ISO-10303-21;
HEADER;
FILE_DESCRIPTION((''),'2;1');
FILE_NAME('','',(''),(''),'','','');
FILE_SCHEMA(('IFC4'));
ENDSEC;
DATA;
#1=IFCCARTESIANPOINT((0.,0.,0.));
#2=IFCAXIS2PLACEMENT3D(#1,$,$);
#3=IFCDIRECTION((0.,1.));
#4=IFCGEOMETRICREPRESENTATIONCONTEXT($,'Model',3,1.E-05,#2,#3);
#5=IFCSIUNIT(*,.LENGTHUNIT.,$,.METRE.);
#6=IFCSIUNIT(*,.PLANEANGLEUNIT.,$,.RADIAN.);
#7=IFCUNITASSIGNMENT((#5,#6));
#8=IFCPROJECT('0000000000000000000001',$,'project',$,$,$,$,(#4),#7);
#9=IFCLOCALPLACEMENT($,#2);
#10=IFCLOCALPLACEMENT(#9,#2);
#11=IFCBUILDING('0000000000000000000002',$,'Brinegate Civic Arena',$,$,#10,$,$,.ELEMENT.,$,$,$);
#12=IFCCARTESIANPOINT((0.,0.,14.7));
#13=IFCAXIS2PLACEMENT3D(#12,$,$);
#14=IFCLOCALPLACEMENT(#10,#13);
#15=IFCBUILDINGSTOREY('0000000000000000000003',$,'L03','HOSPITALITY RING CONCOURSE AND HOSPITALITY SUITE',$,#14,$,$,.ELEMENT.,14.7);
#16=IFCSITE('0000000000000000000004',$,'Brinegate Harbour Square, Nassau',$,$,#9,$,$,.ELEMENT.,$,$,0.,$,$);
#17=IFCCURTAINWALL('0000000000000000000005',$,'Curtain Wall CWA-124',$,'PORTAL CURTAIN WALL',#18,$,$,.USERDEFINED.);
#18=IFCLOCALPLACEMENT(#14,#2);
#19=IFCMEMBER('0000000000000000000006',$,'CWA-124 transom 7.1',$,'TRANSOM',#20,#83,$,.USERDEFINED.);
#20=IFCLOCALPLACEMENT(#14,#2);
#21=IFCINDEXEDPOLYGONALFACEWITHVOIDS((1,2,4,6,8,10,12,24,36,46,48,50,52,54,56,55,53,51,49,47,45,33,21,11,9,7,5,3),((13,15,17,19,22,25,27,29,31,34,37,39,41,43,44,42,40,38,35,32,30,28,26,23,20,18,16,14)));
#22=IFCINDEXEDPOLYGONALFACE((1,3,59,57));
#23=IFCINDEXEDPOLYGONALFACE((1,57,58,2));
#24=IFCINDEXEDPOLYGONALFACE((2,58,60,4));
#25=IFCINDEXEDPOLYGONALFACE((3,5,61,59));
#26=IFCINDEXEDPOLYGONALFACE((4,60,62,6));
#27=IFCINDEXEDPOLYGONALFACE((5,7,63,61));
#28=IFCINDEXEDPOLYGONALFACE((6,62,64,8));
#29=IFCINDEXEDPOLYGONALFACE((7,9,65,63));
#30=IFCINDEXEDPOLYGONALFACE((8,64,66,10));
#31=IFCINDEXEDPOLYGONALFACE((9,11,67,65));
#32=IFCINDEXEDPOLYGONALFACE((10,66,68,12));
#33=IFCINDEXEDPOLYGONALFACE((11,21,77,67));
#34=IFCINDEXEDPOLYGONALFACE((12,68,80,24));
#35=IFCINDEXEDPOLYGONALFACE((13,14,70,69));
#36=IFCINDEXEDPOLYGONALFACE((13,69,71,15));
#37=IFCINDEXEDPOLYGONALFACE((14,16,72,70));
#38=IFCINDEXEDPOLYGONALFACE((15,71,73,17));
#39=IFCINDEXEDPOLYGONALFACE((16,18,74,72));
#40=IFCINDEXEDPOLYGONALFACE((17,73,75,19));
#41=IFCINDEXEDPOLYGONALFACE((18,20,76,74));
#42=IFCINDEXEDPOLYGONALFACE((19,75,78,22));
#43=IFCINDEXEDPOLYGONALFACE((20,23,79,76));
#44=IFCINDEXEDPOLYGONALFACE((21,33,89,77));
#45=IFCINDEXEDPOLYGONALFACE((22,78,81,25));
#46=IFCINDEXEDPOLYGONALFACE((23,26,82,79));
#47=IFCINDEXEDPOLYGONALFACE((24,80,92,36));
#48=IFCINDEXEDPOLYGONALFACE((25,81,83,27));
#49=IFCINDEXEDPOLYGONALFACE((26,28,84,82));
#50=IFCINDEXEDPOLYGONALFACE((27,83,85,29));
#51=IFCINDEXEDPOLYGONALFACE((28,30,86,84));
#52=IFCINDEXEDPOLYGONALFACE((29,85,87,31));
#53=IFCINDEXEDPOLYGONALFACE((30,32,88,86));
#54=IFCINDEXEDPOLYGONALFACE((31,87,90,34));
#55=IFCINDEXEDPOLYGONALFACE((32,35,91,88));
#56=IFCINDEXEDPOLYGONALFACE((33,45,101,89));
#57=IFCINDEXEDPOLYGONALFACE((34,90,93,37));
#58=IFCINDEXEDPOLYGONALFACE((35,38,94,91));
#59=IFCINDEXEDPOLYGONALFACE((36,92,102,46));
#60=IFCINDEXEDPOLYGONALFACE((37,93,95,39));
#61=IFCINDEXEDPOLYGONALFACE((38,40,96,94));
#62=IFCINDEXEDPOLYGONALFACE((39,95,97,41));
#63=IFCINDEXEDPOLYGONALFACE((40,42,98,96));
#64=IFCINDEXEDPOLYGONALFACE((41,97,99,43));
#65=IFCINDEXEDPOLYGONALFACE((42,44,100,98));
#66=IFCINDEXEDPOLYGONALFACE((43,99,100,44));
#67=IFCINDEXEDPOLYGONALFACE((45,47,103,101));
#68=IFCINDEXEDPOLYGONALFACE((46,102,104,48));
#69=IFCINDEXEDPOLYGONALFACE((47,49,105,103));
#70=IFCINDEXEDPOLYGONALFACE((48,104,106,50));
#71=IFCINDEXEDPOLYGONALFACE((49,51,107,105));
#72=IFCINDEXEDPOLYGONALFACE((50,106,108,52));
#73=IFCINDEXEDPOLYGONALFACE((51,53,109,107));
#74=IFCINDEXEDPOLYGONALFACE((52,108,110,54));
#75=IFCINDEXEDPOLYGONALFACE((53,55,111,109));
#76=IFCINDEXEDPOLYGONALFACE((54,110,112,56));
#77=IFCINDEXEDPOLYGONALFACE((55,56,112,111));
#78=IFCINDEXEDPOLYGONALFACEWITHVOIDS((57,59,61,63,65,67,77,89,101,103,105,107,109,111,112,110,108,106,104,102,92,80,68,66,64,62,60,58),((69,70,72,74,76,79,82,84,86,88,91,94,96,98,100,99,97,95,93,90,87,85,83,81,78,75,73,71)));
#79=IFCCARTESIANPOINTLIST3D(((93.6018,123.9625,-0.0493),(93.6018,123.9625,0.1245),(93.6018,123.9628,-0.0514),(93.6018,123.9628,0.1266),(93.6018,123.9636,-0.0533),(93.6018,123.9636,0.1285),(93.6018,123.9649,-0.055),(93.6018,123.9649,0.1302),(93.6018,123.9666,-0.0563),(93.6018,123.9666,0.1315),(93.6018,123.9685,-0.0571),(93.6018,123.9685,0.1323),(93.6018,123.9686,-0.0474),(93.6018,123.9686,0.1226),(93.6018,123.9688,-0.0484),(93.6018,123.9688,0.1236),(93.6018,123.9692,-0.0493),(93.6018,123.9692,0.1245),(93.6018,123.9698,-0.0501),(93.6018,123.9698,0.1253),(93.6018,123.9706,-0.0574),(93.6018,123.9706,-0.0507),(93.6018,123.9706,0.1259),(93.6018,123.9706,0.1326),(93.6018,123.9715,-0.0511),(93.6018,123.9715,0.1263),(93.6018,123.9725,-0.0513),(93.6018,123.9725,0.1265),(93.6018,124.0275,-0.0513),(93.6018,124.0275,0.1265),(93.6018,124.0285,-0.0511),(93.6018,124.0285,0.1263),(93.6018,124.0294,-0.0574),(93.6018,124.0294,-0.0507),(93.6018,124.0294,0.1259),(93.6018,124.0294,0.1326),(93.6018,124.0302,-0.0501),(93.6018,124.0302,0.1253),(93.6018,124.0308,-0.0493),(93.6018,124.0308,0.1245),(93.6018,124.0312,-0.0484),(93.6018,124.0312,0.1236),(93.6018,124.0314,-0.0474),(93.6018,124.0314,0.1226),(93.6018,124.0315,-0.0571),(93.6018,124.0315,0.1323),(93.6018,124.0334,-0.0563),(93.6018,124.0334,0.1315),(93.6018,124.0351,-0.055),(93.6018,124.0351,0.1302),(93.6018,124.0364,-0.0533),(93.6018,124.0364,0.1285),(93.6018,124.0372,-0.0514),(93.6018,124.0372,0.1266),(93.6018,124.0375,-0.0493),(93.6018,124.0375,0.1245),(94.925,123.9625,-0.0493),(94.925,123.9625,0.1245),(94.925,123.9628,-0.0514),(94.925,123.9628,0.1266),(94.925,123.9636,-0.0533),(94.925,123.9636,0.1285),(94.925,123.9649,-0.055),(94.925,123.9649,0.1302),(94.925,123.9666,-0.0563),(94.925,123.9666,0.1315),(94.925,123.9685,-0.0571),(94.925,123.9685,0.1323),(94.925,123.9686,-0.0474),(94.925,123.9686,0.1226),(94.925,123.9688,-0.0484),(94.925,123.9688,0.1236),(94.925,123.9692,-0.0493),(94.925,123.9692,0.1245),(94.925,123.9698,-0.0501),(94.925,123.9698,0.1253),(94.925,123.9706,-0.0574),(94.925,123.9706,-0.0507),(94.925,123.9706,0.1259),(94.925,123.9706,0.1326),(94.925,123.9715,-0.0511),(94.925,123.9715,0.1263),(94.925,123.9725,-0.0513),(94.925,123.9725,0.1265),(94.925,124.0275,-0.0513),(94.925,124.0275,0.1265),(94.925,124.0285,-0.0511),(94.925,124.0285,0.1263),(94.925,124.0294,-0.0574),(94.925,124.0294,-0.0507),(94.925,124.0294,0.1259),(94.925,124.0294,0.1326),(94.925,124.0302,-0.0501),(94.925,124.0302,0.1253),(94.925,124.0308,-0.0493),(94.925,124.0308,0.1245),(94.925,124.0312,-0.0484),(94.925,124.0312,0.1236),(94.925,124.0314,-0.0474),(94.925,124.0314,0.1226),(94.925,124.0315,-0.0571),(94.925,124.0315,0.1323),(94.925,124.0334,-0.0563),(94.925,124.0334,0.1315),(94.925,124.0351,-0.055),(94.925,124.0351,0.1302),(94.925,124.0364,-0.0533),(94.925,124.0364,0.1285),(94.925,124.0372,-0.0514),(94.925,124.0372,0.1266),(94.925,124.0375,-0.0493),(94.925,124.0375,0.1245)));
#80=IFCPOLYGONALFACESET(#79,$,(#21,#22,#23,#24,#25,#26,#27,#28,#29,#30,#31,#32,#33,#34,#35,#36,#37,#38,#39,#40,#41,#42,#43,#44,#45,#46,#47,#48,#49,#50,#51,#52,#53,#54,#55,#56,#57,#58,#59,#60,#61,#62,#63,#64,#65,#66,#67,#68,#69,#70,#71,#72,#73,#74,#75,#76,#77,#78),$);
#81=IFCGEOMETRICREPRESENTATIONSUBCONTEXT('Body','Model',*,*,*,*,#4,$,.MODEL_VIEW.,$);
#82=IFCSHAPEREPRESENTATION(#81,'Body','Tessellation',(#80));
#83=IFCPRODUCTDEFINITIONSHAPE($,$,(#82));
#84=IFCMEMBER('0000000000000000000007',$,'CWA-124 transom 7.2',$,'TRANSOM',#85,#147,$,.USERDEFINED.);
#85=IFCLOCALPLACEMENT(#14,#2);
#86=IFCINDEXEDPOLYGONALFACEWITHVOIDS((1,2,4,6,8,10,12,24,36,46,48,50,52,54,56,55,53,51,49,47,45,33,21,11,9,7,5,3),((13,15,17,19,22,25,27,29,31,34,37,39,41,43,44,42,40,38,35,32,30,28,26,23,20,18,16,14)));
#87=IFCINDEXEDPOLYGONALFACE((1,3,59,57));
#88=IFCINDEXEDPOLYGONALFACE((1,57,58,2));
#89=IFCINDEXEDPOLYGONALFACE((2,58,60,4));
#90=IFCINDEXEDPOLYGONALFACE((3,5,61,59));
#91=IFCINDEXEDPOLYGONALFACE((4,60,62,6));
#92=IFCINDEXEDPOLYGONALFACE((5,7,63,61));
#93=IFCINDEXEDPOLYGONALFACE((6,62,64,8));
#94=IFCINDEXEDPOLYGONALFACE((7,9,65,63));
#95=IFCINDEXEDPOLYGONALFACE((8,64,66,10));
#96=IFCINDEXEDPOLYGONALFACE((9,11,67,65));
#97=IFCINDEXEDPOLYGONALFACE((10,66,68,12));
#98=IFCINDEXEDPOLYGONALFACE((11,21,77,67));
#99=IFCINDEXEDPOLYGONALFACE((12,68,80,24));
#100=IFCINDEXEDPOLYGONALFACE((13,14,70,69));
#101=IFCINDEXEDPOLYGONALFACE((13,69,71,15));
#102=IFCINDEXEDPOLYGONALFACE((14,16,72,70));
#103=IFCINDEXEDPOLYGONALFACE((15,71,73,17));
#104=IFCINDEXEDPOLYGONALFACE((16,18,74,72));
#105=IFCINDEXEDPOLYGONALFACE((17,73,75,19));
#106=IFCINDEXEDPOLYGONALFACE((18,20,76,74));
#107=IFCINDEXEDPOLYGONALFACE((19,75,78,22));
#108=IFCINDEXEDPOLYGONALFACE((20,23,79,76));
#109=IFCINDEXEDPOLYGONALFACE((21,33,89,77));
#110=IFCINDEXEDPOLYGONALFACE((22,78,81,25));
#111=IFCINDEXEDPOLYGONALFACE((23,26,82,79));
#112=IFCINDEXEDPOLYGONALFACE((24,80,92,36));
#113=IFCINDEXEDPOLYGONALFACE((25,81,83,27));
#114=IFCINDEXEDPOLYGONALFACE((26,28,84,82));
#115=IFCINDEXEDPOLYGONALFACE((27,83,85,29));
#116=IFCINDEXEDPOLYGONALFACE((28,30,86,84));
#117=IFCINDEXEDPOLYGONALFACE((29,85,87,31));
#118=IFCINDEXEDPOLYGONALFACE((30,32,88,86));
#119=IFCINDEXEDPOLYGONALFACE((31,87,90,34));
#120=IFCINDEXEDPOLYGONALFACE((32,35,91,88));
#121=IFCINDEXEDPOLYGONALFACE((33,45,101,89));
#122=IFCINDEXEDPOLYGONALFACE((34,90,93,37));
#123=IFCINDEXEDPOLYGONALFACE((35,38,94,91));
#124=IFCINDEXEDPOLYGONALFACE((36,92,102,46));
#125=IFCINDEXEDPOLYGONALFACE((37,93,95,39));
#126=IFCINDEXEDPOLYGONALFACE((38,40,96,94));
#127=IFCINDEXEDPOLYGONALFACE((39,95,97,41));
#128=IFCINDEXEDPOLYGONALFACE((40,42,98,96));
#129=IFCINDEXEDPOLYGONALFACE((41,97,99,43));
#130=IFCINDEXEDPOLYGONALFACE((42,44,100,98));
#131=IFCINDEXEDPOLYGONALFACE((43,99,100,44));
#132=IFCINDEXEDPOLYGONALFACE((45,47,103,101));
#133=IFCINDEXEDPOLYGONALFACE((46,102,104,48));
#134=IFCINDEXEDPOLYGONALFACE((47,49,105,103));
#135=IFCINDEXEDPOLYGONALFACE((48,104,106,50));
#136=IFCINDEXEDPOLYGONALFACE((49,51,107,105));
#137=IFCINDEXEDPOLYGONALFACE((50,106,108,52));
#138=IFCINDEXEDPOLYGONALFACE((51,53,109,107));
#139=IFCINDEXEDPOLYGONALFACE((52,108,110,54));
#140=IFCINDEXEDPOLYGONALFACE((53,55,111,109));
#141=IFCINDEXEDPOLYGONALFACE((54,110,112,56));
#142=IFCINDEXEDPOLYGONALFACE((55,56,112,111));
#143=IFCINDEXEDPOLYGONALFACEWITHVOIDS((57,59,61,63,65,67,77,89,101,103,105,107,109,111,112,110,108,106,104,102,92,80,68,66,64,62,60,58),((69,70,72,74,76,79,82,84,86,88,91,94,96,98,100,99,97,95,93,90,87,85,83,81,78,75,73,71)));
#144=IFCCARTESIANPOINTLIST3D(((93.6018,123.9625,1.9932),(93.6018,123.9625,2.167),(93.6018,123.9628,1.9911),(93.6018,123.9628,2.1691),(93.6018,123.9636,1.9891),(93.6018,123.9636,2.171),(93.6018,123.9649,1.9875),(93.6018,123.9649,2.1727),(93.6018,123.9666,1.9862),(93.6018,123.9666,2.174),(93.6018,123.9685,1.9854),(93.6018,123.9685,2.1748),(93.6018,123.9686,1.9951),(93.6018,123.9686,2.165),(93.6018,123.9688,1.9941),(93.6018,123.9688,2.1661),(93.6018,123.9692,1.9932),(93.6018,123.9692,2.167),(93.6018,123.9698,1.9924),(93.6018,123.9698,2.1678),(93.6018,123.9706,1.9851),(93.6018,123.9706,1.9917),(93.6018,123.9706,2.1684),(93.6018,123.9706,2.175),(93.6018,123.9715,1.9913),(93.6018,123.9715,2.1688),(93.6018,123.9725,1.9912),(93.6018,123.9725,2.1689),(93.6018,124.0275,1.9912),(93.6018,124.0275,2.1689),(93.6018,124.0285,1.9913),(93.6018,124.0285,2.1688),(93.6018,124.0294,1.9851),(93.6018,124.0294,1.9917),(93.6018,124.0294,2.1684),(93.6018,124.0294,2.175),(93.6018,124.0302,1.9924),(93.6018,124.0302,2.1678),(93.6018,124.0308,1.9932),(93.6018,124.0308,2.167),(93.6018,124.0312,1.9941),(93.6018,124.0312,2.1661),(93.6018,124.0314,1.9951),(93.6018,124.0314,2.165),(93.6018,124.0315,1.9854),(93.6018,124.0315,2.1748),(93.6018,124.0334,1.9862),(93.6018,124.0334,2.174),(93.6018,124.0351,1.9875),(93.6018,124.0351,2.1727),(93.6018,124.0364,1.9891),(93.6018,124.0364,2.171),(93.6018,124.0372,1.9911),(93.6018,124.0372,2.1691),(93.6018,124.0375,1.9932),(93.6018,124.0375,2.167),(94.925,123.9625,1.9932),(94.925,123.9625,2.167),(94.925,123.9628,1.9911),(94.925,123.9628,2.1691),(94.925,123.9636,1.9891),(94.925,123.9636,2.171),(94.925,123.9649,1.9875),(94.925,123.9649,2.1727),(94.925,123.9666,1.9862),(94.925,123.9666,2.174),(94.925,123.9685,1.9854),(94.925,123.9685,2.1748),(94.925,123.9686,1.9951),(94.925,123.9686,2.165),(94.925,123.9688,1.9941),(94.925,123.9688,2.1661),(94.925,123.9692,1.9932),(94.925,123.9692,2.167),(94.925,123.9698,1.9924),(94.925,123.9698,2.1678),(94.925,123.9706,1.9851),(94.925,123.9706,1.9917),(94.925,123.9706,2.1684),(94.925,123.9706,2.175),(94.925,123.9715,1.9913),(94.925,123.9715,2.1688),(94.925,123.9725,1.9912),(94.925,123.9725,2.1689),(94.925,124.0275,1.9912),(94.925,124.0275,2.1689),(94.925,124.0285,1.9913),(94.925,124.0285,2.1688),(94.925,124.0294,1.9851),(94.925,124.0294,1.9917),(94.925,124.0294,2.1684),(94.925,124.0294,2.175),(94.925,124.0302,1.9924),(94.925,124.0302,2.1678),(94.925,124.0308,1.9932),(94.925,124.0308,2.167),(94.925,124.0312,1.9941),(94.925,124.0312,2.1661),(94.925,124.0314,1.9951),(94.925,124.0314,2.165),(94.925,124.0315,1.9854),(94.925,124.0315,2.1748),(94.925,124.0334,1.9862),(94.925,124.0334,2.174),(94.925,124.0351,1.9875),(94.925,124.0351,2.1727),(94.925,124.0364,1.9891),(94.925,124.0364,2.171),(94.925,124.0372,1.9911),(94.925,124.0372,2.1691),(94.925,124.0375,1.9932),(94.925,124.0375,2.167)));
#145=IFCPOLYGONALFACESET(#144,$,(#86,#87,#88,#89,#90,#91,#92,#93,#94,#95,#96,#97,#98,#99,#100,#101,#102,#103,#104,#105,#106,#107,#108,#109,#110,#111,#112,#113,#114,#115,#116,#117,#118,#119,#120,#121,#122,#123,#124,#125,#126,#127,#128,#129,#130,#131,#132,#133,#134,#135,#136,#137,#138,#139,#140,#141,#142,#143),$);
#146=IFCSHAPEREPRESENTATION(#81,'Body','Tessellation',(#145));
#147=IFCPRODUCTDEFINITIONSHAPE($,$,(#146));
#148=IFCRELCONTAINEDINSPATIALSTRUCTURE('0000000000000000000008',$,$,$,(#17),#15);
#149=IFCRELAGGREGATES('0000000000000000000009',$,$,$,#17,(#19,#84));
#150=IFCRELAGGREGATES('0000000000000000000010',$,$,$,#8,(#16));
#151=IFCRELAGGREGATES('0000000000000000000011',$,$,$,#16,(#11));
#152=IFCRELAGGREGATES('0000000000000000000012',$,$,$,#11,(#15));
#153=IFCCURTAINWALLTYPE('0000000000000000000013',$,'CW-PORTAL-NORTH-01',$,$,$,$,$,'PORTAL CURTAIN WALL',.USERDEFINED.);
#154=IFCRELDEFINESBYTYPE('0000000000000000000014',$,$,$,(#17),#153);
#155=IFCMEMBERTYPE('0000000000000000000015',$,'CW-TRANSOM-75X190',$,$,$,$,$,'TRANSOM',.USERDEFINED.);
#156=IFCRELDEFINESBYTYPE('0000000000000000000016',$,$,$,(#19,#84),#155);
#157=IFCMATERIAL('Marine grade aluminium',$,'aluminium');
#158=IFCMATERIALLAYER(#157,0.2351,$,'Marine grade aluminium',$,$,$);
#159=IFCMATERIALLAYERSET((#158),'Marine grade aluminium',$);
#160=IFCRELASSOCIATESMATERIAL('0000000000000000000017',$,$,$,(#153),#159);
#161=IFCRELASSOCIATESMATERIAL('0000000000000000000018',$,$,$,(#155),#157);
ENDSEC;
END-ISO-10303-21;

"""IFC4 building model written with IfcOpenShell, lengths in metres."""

from ifc_helpers import new_model, si_unit, direction, frame, origin, origin_2d, place, context, subcontext, project, spatial, hollow_rectangle, extrude, material, layer, layer_set, material_profile, profile_set, type_object, element, aggregate, save


model = new_model("IFC4")

# Units and contexts
model_context = context("Model", 3, precision=1e-05, world=origin(), true_north=direction((0.0, 1.0)))
body_context = subcontext(model_context, "Body", "Model", "MODEL_VIEW")
ifc_project = project(units=[si_unit("LENGTHUNIT", "METRE"), si_unit("PLANEANGLEUNIT", "RADIAN")], contexts=[model_context])

# Site, building, storey
site_placement = place(None, origin())
site = spatial("IfcSite", under=ifc_project, at=site_placement, Name="Brinegate Harbour Square, Nassau", CompositionType="ELEMENT", RefElevation=0.0)
building_placement = place(site_placement, origin())
building = spatial("IfcBuilding", under=site, at=building_placement, Name="Brinegate Civic Arena", CompositionType="ELEMENT")
storey_placement = place(building_placement, frame((0.0, 0.0, 14.7)))
storey = spatial("IfcBuildingStorey", under=building, at=storey_placement, Name="L03", Description="HOSPITALITY RING CONCOURSE AND HOSPITALITY SUITE", CompositionType="ELEMENT", Elevation=14.7)

# Curtain wall, members
ifc_material_1 = material(Name="Marine grade aluminium", Category="aluminium")
ifc_layer_1 = layer(ifc_material_1, 0.2351, Name="Marine grade aluminium")
ifc_layer_set_1 = layer_set([ifc_layer_1], Name="Marine grade aluminium")
curtain_wall_type = type_object("IfcCurtainWallType", Name="CW-PORTAL-NORTH-01", ElementType="PORTAL CURTAIN WALL", PredefinedType="USERDEFINED", material=ifc_layer_set_1)
curtain_wall_placement = place(storey_placement, origin())
curtain_wall = element("IfcCurtainWall", 1, at=curtain_wall_placement, inside=storey, type_object=curtain_wall_type, Name="Curtain Wall CWA-124", ObjectType="PORTAL CURTAIN WALL", PredefinedType="USERDEFINED")
ifc_material_profile_1 = material_profile(ifc_material_1, hollow_rectangle(XDim=0.075, YDim=0.1899, WallThickness=0.0061, InnerFilletRadius=0.0039, OuterFilletRadius=0.0081, at=origin_2d()), Name="TRN75X190")
ifc_profile_set_1 = profile_set([ifc_material_profile_1], Name="Marine grade aluminium")
member_type_1 = type_object("IfcMemberType", Name="CW-TRANSOM-75X190", ElementType="TRANSOM", PredefinedType="USERDEFINED", material=ifc_profile_set_1)
member_1_placement = place(storey_placement, frame((93.6018, 124.0, 0.0376), z_axis=(1.0, 0.0, 0.0), x_axis=(0.0, 1.0, 0.0)))
member_1 = element("IfcMember", 2, at=member_1_placement, type_object=member_type_1, Name="CWA-124 transom 7.1", ObjectType="TRANSOM", PredefinedType="USERDEFINED", context=body_context, shape_type="SweptSolid", body=[
    extrude(hollow_rectangle(XDim=0.075, YDim=0.1899, WallThickness=0.0061, InnerFilletRadius=0.0039, OuterFilletRadius=0.0081, at=origin_2d()), origin(), (0.0, 0.0, 1.0), 1.3232),
])
member_2_placement = place(storey_placement, frame((93.6018, 124.0, 2.0801), z_axis=(1.0, 0.0, 0.0), x_axis=(0.0, 1.0, 0.0)))
member_2 = element("IfcMember", 3, at=member_2_placement, type_object=member_type_1, Name="CWA-124 transom 7.2", ObjectType="TRANSOM", PredefinedType="USERDEFINED", context=body_context, shape_type="SweptSolid", body=[
    extrude(hollow_rectangle(XDim=0.075, YDim=0.1899, WallThickness=0.0061, InnerFilletRadius=0.0039, OuterFilletRadius=0.0081, at=origin_2d()), origin(), (0.0, 0.0, 1.0), 1.3232),
])

aggregate(curtain_wall, [member_1, member_2])

save(model, "model.ifc")
